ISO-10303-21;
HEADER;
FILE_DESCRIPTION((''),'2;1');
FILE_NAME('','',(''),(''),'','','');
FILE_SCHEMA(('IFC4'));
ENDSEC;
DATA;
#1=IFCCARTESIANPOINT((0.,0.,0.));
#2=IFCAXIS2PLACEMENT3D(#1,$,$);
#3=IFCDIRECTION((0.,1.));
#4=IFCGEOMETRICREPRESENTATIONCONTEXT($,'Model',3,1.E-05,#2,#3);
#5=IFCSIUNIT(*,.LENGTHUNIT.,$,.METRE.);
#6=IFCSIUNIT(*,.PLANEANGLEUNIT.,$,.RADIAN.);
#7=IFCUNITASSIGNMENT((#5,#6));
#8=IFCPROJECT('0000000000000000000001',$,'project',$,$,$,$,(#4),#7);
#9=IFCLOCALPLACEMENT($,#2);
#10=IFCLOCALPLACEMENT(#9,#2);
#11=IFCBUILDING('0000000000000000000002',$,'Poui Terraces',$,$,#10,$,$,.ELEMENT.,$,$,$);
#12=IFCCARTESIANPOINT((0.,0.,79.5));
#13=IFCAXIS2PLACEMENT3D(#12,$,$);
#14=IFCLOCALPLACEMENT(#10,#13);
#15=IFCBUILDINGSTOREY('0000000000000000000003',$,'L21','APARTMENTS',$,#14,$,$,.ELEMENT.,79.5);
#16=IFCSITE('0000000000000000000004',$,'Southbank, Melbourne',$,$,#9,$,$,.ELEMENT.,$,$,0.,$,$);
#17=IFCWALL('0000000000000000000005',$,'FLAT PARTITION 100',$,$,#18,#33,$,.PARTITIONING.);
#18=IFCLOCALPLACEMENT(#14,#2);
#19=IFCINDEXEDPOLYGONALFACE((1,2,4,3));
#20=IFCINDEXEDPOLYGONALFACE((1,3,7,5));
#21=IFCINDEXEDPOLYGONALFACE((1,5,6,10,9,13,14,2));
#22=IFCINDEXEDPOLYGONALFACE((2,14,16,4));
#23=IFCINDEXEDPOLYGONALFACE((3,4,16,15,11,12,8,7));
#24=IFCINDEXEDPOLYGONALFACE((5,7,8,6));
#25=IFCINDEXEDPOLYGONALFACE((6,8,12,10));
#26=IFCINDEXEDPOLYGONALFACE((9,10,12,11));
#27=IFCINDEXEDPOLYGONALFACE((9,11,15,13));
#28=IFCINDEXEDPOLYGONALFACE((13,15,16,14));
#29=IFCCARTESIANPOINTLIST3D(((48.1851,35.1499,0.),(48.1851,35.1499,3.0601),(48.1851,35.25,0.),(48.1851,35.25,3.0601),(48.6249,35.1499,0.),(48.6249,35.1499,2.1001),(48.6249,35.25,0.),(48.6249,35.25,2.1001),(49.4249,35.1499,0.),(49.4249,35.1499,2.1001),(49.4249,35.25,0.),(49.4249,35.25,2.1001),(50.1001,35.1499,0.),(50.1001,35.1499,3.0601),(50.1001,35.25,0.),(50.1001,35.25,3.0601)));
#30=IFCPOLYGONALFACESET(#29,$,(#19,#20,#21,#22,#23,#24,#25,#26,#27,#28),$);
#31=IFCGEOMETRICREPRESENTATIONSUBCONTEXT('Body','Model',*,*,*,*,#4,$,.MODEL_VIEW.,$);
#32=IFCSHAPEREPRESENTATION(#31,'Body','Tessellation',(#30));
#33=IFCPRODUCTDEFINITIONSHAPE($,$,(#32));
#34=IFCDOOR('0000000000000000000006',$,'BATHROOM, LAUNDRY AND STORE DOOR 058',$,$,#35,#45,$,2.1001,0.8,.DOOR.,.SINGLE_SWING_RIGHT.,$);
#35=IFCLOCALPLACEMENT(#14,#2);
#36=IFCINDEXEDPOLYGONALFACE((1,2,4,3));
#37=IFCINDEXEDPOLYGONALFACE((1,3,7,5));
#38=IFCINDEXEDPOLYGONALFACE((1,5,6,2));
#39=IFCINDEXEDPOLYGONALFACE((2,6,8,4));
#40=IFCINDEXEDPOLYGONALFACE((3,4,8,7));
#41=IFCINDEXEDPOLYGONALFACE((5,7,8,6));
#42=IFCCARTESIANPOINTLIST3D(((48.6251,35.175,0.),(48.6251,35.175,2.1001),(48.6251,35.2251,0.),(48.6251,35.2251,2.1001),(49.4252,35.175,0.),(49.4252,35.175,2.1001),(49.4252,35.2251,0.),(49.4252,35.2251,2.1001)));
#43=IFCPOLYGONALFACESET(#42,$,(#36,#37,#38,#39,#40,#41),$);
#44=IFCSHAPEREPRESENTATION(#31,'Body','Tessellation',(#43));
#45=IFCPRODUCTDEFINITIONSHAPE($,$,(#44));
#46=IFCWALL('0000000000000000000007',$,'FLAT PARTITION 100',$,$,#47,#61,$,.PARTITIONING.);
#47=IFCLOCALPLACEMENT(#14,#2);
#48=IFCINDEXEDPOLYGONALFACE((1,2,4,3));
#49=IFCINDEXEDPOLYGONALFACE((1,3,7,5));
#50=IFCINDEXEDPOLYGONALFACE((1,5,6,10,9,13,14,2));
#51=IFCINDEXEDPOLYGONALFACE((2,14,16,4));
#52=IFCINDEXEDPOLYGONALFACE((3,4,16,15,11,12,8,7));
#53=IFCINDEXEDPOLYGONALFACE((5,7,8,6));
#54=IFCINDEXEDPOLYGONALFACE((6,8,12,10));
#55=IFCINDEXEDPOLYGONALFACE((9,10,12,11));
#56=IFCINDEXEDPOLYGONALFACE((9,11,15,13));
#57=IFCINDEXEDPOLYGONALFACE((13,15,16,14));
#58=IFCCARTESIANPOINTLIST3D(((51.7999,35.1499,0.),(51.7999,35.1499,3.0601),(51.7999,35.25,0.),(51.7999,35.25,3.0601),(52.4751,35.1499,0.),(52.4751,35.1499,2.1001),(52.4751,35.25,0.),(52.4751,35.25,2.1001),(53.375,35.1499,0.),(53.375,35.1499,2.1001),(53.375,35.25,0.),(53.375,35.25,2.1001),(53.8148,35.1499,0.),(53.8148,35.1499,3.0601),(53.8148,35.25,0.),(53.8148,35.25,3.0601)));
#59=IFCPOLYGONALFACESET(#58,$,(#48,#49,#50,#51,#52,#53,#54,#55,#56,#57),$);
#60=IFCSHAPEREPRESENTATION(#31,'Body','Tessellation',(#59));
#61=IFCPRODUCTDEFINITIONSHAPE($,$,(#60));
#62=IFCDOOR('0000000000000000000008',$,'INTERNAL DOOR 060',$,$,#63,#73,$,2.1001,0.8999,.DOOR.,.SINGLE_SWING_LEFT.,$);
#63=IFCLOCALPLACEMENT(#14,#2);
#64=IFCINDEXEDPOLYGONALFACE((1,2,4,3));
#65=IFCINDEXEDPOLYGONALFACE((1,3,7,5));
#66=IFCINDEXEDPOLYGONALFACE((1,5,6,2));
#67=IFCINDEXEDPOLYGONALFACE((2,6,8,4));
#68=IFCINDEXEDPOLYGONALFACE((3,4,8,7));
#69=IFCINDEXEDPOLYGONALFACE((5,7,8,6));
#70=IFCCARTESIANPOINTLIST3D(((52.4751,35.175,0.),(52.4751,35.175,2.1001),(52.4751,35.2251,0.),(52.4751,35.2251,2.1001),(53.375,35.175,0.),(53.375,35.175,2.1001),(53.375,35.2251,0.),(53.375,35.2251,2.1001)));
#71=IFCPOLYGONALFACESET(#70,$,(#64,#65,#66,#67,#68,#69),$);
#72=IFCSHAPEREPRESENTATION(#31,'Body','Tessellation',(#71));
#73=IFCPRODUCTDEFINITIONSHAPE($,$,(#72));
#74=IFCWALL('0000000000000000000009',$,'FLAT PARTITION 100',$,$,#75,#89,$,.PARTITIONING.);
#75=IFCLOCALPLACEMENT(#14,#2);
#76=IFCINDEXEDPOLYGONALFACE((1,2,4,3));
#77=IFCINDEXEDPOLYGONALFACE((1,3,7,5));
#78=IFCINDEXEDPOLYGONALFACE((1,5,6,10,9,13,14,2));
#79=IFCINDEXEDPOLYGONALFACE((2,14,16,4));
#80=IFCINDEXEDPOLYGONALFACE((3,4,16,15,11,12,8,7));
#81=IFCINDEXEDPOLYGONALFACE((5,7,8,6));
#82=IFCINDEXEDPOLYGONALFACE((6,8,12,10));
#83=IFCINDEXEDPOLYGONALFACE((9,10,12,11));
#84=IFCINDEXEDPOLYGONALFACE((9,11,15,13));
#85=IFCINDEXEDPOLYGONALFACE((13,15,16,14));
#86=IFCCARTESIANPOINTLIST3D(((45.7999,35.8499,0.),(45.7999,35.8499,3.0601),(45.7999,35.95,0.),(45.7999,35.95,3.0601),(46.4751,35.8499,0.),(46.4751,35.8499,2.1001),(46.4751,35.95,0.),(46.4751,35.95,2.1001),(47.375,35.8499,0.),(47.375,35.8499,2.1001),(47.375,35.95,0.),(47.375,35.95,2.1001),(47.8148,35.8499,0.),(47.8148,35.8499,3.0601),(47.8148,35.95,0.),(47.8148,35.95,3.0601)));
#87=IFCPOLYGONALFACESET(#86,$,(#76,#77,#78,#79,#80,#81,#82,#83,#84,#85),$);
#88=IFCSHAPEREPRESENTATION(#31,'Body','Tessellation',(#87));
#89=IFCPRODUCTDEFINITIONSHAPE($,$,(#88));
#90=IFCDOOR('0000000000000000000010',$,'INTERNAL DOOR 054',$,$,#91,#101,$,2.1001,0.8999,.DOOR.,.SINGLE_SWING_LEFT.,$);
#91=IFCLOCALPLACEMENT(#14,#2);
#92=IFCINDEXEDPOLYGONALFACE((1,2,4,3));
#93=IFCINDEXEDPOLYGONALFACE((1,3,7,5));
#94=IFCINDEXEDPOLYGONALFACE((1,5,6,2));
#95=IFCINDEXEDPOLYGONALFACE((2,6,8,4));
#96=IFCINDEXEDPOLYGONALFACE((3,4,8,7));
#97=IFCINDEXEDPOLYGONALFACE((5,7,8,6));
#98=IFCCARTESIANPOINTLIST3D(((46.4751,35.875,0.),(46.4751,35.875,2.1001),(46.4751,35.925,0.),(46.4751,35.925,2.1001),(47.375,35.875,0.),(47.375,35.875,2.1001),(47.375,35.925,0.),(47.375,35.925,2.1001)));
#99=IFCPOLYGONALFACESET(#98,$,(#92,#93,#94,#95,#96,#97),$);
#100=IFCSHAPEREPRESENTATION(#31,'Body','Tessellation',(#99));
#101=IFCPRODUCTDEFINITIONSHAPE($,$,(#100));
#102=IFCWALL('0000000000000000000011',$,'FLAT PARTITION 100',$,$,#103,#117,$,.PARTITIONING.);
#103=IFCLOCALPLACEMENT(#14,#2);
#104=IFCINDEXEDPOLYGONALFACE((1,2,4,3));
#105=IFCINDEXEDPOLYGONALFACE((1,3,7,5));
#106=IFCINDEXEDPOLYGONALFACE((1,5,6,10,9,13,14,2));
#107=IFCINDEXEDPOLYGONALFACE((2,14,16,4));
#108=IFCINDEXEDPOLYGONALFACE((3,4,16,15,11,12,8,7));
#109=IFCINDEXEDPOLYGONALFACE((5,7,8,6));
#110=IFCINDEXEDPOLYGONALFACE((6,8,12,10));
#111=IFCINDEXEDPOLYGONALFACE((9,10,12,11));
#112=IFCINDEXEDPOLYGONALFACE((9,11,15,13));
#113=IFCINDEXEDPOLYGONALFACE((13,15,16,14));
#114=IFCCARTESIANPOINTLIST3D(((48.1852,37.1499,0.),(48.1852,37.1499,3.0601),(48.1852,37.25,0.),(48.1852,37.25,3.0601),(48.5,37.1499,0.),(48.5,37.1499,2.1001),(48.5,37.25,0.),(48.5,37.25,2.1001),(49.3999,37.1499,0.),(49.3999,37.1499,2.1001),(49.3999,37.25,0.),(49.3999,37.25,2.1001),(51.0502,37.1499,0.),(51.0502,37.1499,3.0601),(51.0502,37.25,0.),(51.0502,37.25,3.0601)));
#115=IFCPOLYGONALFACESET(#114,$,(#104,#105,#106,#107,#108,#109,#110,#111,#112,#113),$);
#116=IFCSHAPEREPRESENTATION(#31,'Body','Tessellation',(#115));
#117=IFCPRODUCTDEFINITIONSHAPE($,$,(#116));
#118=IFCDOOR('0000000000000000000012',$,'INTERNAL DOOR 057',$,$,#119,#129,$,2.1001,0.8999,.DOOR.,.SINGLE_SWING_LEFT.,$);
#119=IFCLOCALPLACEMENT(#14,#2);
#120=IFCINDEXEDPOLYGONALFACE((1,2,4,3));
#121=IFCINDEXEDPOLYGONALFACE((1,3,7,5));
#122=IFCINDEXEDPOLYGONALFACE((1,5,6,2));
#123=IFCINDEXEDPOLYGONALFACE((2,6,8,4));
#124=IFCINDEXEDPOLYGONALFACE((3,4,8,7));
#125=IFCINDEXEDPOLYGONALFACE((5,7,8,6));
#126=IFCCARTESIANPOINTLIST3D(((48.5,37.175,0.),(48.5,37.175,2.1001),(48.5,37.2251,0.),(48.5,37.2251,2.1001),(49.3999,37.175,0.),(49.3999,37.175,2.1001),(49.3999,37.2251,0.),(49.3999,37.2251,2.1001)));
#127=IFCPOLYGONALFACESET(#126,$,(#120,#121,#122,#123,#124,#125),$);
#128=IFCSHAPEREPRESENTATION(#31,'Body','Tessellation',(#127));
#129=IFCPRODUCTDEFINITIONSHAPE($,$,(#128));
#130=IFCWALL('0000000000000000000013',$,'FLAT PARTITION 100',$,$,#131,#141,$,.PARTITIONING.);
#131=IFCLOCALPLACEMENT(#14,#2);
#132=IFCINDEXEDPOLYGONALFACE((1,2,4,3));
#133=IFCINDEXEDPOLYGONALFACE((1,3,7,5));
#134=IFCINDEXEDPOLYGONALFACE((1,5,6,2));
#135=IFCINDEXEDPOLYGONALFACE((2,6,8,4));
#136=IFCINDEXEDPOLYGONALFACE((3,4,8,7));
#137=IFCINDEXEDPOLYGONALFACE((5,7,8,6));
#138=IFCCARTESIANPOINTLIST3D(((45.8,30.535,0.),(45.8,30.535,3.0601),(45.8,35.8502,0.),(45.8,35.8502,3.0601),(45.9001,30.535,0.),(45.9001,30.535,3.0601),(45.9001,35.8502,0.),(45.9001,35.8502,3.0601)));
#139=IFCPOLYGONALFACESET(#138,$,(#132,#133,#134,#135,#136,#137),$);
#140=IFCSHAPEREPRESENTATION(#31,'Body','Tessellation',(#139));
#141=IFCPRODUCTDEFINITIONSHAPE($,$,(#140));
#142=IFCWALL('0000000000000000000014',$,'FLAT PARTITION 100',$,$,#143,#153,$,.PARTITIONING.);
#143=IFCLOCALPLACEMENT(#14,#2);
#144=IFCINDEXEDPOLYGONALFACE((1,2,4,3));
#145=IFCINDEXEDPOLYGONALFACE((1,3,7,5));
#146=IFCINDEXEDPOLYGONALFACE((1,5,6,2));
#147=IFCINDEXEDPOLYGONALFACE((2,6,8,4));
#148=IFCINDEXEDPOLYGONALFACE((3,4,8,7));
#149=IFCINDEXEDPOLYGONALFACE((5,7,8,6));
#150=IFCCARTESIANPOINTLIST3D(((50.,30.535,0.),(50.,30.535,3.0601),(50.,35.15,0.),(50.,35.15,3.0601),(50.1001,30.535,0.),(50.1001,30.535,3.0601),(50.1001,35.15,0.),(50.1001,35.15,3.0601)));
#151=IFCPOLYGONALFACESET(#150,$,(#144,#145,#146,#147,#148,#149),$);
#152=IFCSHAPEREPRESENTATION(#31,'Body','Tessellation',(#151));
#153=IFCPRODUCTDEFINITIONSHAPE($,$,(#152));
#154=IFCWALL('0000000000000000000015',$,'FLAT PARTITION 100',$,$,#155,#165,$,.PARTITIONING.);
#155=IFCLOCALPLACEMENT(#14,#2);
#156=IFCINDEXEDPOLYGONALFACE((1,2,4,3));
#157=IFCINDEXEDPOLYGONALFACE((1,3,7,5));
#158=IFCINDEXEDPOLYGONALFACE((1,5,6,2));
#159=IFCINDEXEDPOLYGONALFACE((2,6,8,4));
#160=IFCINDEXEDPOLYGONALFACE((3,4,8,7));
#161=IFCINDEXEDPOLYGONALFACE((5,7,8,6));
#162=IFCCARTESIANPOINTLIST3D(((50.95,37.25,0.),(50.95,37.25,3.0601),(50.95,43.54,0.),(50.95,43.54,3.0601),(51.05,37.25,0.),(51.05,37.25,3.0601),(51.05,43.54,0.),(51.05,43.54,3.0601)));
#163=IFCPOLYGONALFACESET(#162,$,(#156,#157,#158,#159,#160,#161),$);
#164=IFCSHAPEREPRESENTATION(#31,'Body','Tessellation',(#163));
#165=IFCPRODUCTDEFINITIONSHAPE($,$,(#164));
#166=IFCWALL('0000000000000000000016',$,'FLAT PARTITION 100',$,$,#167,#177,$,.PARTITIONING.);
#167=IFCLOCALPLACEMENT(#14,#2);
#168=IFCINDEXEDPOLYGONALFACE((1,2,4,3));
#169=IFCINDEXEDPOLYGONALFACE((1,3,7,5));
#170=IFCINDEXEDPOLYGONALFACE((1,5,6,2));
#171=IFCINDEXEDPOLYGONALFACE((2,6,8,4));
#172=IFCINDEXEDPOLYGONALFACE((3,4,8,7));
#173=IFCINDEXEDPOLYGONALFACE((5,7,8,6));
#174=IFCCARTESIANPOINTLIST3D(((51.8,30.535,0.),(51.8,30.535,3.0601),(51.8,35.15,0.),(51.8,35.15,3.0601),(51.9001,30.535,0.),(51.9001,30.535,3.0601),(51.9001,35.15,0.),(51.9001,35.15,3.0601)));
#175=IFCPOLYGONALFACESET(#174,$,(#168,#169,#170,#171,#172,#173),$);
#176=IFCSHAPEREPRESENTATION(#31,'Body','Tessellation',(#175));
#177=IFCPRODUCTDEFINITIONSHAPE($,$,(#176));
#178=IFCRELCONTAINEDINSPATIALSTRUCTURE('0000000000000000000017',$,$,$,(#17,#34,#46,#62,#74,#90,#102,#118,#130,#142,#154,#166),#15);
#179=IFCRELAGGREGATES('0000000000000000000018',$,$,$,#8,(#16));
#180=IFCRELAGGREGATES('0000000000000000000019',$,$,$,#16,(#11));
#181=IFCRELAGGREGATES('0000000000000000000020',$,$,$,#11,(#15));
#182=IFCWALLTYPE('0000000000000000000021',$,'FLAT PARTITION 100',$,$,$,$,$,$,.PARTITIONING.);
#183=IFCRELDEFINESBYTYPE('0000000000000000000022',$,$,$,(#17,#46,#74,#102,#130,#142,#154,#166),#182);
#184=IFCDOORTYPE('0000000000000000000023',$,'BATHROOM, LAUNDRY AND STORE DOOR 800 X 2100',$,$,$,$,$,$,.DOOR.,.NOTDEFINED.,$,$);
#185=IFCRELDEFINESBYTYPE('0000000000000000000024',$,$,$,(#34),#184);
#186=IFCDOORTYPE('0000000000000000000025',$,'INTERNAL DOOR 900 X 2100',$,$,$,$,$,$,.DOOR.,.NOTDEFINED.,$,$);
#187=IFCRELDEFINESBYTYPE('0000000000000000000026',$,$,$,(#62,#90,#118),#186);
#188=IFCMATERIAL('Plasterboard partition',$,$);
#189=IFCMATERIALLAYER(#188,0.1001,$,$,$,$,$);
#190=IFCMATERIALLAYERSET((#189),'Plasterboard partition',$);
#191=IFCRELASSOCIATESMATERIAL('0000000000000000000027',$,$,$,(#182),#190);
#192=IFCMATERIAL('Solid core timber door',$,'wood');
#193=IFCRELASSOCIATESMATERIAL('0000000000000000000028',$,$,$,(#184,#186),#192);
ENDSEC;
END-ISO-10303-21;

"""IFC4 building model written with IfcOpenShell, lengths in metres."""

from ifc_helpers import new_model, si_unit, direction, frame, frame_2d, origin, place, context, subcontext, project, spatial, rectangle, extrude, material, layer, layer_set, type_object, element, fill, save


model = new_model("IFC4")

# Units and contexts
model_context = context("Model", 3, precision=1e-05, world=origin(), true_north=direction((0.0, 1.0)))
body_context = subcontext(model_context, "Body", "Model", "MODEL_VIEW")
ifc_project = project(units=[si_unit("LENGTHUNIT", "METRE"), si_unit("PLANEANGLEUNIT", "RADIAN")], contexts=[model_context])

# Site, building, storey
site_placement = place(None, origin())
site = spatial("IfcSite", under=ifc_project, at=site_placement, Name="Southbank, Melbourne", CompositionType="ELEMENT", RefElevation=0.0)
building_placement = place(site_placement, origin())
building = spatial("IfcBuilding", under=site, at=building_placement, Name="Poui Terraces", CompositionType="ELEMENT")
storey_placement = place(building_placement, frame((0.0, 0.0, 79.5)))
storey = spatial("IfcBuildingStorey", under=building, at=storey_placement, Name="L21", Description="APARTMENTS", CompositionType="ELEMENT", Elevation=79.5)

# Walls, openings, doors
ifc_material_1 = material(Name="Plasterboard partition")
ifc_layer_1 = layer(ifc_material_1, 0.1001)
ifc_layer_set_1 = layer_set([ifc_layer_1], Name="Plasterboard partition")
wall_type_1 = type_object("IfcWallType", Name="FLAT PARTITION 100", PredefinedType="PARTITIONING", material=ifc_layer_set_1)
wall_1_placement = place(storey_placement, frame((48.1851, 35.2, 0.0), z_axis=(0.0, 0.0, 1.0), x_axis=(1.0, 0.0, 0.0)))
wall_1 = element("IfcWall", 1, at=wall_1_placement, inside=storey, type_object=wall_type_1, Name="FLAT PARTITION 100", PredefinedType="PARTITIONING", context=body_context, shape_type="SweptSolid", body=[
    extrude(rectangle(XDim=1.915, YDim=0.1001, at=frame_2d((0.9575, 0.0))), origin(), (0.0, 0.0, 1.0), 3.0601),
])
opening_1_placement = place(wall_1_placement, frame((0.4399, 0.0, 0.0)))
opening_1 = element("IfcOpeningElement", 2, at=opening_1_placement, cuts=wall_1, PredefinedType="OPENING", context=body_context, shape_type="SweptSolid", body=[
    extrude(rectangle(XDim=0.8, YDim=2.1001, at=frame_2d((0.3999, 1.05))), frame((0.0, 0.0601, 0.0), z_axis=(0.0, -1.0, 0.0), x_axis=(1.0, 0.0, 0.0)), (0.0, 0.0, 1.0), 0.1201),
])
ifc_material_2 = material(Name="Solid core timber door", Category="wood")
door_type_1 = type_object("IfcDoorType", Name="BATHROOM, LAUNDRY AND STORE DOOR 800 X 2100", OperationType="NOTDEFINED", PredefinedType="DOOR", material=ifc_material_2)
door_1_placement = place(opening_1_placement, frame((0.8, 0.0, 0.0), z_axis=(0.0, 0.0, 1.0), x_axis=(-1.0, 0.0, 0.0)))
door_1 = element("IfcDoor", 3, at=door_1_placement, inside=storey, type_object=door_type_1, Name="BATHROOM, LAUNDRY AND STORE DOOR 058", OperationType="SINGLE_SWING_RIGHT", OverallHeight=2.1001, OverallWidth=0.8, PredefinedType="DOOR", context=body_context, shape_type="SweptSolid", body=[
    extrude(rectangle(XDim=0.8, YDim=2.1001, at=frame_2d((0.3999, 1.05))), frame((0.0, 0.0249, 0.0), z_axis=(0.0, -1.0, 0.0), x_axis=(1.0, 0.0, 0.0)), (0.0, 0.0, 1.0), 0.05),
])
fill(opening_1, door_1)
wall_2_placement = place(storey_placement, frame((51.8, 35.2, 0.0), z_axis=(0.0, 0.0, 1.0), x_axis=(1.0, 0.0, 0.0)))
wall_2 = element("IfcWall", 4, at=wall_2_placement, inside=storey, type_object=wall_type_1, Name="FLAT PARTITION 100", PredefinedType="PARTITIONING", context=body_context, shape_type="SweptSolid", body=[
    extrude(rectangle(XDim=2.0149, YDim=0.1001, at=frame_2d((1.0073, 0.0))), origin(), (0.0, 0.0, 1.0), 3.0601),
])
opening_2_placement = place(wall_2_placement, frame((0.675, 0.0, 0.0)))
opening_2 = element("IfcOpeningElement", 5, at=opening_2_placement, cuts=wall_2, PredefinedType="OPENING", context=body_context, shape_type="SweptSolid", body=[
    extrude(rectangle(XDim=0.8999, YDim=2.1001, at=frame_2d((0.45, 1.05))), frame((0.0, 0.0601, 0.0), z_axis=(0.0, -1.0, 0.0), x_axis=(1.0, 0.0, 0.0)), (0.0, 0.0, 1.0), 0.1201),
])
door_type_2 = type_object("IfcDoorType", Name="INTERNAL DOOR 900 X 2100", OperationType="NOTDEFINED", PredefinedType="DOOR", material=ifc_material_2)
door_2_placement = place(opening_2_placement, frame((0.8999, 0.0, 0.0), z_axis=(0.0, 0.0, 1.0), x_axis=(-1.0, 0.0, 0.0)))
door_2 = element("IfcDoor", 6, at=door_2_placement, inside=storey, type_object=door_type_2, Name="INTERNAL DOOR 060", OperationType="SINGLE_SWING_LEFT", OverallHeight=2.1001, OverallWidth=0.8999, PredefinedType="DOOR", context=body_context, shape_type="SweptSolid", body=[
    extrude(rectangle(XDim=0.8999, YDim=2.1001, at=frame_2d((0.45, 1.05))), frame((0.0, 0.0249, 0.0), z_axis=(0.0, -1.0, 0.0), x_axis=(1.0, 0.0, 0.0)), (0.0, 0.0, 1.0), 0.05),
])
fill(opening_2, door_2)
wall_3_placement = place(storey_placement, frame((45.8, 35.8999, 0.0), z_axis=(0.0, 0.0, 1.0), x_axis=(1.0, 0.0, 0.0)))
wall_3 = element("IfcWall", 7, at=wall_3_placement, inside=storey, type_object=wall_type_1, Name="FLAT PARTITION 100", PredefinedType="PARTITIONING", context=body_context, shape_type="SweptSolid", body=[
    extrude(rectangle(XDim=2.0149, YDim=0.1001, at=frame_2d((1.0073, 0.0))), origin(), (0.0, 0.0, 1.0), 3.0601),
])
opening_3_placement = place(wall_3_placement, frame((0.675, 0.0, 0.0)))
opening_3 = element("IfcOpeningElement", 8, at=opening_3_placement, cuts=wall_3, PredefinedType="OPENING", context=body_context, shape_type="SweptSolid", body=[
    extrude(rectangle(XDim=0.8999, YDim=2.1001, at=frame_2d((0.45, 1.05))), frame((0.0, 0.0601, 0.0), z_axis=(0.0, -1.0, 0.0), x_axis=(1.0, 0.0, 0.0)), (0.0, 0.0, 1.0), 0.1201),
])
door_3_placement = place(opening_3_placement, frame((0.8999, 0.0, 0.0), z_axis=(0.0, 0.0, 1.0), x_axis=(-1.0, 0.0, 0.0)))
door_3 = element("IfcDoor", 9, at=door_3_placement, inside=storey, type_object=door_type_2, Name="INTERNAL DOOR 054", OperationType="SINGLE_SWING_LEFT", OverallHeight=2.1001, OverallWidth=0.8999, PredefinedType="DOOR", context=body_context, shape_type="SweptSolid", body=[
    extrude(rectangle(XDim=0.8999, YDim=2.1001, at=frame_2d((0.45, 1.05))), frame((0.0, 0.0249, 0.0), z_axis=(0.0, -1.0, 0.0), x_axis=(1.0, 0.0, 0.0)), (0.0, 0.0, 1.0), 0.05),
])
fill(opening_3, door_3)
wall_4_placement = place(storey_placement, frame((48.1851, 37.2, 0.0), z_axis=(0.0, 0.0, 1.0), x_axis=(1.0, 0.0, 0.0)))
wall_4 = element("IfcWall", 10, at=wall_4_placement, inside=storey, type_object=wall_type_1, Name="FLAT PARTITION 100", PredefinedType="PARTITIONING", context=body_context, shape_type="SweptSolid", body=[
    extrude(rectangle(XDim=2.865, YDim=0.1001, at=frame_2d((1.4326, 0.0))), origin(), (0.0, 0.0, 1.0), 3.0601),
])
opening_4_placement = place(wall_4_placement, frame((0.3149, 0.0, 0.0)))
opening_4 = element("IfcOpeningElement", 11, at=opening_4_placement, cuts=wall_4, PredefinedType="OPENING", context=body_context, shape_type="SweptSolid", body=[
    extrude(rectangle(XDim=0.8999, YDim=2.1001, at=frame_2d((0.45, 1.05))), frame((0.0, 0.0601, 0.0), z_axis=(0.0, -1.0, 0.0), x_axis=(1.0, 0.0, 0.0)), (0.0, 0.0, 1.0), 0.1201),
])
door_4_placement = place(opening_4_placement, frame((0.8999, 0.0, 0.0), z_axis=(0.0, 0.0, 1.0), x_axis=(-1.0, 0.0, 0.0)))
door_4 = element("IfcDoor", 12, at=door_4_placement, inside=storey, type_object=door_type_2, Name="INTERNAL DOOR 057", OperationType="SINGLE_SWING_LEFT", OverallHeight=2.1001, OverallWidth=0.8999, PredefinedType="DOOR", context=body_context, shape_type="SweptSolid", body=[
    extrude(rectangle(XDim=0.8999, YDim=2.1001, at=frame_2d((0.45, 1.05))), frame((0.0, 0.0249, 0.0), z_axis=(0.0, -1.0, 0.0), x_axis=(1.0, 0.0, 0.0)), (0.0, 0.0, 1.0), 0.05),
])
fill(opening_4, door_4)

# Walls
wall_5_placement = place(storey_placement, frame((45.8501, 30.5349, 0.0), z_axis=(0.0, 0.0, 1.0), x_axis=(0.0, 1.0, 0.0)))
element("IfcWall", 13, at=wall_5_placement, inside=storey, type_object=wall_type_1, Name="FLAT PARTITION 100", PredefinedType="PARTITIONING", context=body_context, shape_type="SweptSolid", body=[
    extrude(rectangle(XDim=5.3152, YDim=0.1001, at=frame_2d((2.6577, 0.0))), origin(), (0.0, 0.0, 1.0), 3.0601),
])
wall_6_placement = place(storey_placement, frame((50.05, 30.5349, 0.0), z_axis=(0.0, 0.0, 1.0), x_axis=(0.0, 1.0, 0.0)))
element("IfcWall", 14, at=wall_6_placement, inside=storey, type_object=wall_type_1, Name="FLAT PARTITION 100", PredefinedType="PARTITIONING", context=body_context, shape_type="SweptSolid", body=[
    extrude(rectangle(XDim=4.615, YDim=0.1001, at=frame_2d((2.3076, 0.0))), origin(), (0.0, 0.0, 1.0), 3.0601),
])
wall_7_placement = place(storey_placement, frame((51.0, 37.25, 0.0), z_axis=(0.0, 0.0, 1.0), x_axis=(0.0, 1.0, 0.0)))
element("IfcWall", 15, at=wall_7_placement, inside=storey, type_object=wall_type_1, Name="FLAT PARTITION 100", PredefinedType="PARTITIONING", context=body_context, shape_type="SweptSolid", body=[
    extrude(rectangle(XDim=6.29, YDim=0.1001, at=frame_2d((3.145, 0.0))), origin(), (0.0, 0.0, 1.0), 3.0601),
])
wall_8_placement = place(storey_placement, frame((51.8501, 30.5349, 0.0), z_axis=(0.0, 0.0, 1.0), x_axis=(0.0, 1.0, 0.0)))
element("IfcWall", 16, at=wall_8_placement, inside=storey, type_object=wall_type_1, Name="FLAT PARTITION 100", PredefinedType="PARTITIONING", context=body_context, shape_type="SweptSolid", body=[
    extrude(rectangle(XDim=4.615, YDim=0.1001, at=frame_2d((2.3076, 0.0))), origin(), (0.0, 0.0, 1.0), 3.0601),
])

save(model, "model.ifc")
